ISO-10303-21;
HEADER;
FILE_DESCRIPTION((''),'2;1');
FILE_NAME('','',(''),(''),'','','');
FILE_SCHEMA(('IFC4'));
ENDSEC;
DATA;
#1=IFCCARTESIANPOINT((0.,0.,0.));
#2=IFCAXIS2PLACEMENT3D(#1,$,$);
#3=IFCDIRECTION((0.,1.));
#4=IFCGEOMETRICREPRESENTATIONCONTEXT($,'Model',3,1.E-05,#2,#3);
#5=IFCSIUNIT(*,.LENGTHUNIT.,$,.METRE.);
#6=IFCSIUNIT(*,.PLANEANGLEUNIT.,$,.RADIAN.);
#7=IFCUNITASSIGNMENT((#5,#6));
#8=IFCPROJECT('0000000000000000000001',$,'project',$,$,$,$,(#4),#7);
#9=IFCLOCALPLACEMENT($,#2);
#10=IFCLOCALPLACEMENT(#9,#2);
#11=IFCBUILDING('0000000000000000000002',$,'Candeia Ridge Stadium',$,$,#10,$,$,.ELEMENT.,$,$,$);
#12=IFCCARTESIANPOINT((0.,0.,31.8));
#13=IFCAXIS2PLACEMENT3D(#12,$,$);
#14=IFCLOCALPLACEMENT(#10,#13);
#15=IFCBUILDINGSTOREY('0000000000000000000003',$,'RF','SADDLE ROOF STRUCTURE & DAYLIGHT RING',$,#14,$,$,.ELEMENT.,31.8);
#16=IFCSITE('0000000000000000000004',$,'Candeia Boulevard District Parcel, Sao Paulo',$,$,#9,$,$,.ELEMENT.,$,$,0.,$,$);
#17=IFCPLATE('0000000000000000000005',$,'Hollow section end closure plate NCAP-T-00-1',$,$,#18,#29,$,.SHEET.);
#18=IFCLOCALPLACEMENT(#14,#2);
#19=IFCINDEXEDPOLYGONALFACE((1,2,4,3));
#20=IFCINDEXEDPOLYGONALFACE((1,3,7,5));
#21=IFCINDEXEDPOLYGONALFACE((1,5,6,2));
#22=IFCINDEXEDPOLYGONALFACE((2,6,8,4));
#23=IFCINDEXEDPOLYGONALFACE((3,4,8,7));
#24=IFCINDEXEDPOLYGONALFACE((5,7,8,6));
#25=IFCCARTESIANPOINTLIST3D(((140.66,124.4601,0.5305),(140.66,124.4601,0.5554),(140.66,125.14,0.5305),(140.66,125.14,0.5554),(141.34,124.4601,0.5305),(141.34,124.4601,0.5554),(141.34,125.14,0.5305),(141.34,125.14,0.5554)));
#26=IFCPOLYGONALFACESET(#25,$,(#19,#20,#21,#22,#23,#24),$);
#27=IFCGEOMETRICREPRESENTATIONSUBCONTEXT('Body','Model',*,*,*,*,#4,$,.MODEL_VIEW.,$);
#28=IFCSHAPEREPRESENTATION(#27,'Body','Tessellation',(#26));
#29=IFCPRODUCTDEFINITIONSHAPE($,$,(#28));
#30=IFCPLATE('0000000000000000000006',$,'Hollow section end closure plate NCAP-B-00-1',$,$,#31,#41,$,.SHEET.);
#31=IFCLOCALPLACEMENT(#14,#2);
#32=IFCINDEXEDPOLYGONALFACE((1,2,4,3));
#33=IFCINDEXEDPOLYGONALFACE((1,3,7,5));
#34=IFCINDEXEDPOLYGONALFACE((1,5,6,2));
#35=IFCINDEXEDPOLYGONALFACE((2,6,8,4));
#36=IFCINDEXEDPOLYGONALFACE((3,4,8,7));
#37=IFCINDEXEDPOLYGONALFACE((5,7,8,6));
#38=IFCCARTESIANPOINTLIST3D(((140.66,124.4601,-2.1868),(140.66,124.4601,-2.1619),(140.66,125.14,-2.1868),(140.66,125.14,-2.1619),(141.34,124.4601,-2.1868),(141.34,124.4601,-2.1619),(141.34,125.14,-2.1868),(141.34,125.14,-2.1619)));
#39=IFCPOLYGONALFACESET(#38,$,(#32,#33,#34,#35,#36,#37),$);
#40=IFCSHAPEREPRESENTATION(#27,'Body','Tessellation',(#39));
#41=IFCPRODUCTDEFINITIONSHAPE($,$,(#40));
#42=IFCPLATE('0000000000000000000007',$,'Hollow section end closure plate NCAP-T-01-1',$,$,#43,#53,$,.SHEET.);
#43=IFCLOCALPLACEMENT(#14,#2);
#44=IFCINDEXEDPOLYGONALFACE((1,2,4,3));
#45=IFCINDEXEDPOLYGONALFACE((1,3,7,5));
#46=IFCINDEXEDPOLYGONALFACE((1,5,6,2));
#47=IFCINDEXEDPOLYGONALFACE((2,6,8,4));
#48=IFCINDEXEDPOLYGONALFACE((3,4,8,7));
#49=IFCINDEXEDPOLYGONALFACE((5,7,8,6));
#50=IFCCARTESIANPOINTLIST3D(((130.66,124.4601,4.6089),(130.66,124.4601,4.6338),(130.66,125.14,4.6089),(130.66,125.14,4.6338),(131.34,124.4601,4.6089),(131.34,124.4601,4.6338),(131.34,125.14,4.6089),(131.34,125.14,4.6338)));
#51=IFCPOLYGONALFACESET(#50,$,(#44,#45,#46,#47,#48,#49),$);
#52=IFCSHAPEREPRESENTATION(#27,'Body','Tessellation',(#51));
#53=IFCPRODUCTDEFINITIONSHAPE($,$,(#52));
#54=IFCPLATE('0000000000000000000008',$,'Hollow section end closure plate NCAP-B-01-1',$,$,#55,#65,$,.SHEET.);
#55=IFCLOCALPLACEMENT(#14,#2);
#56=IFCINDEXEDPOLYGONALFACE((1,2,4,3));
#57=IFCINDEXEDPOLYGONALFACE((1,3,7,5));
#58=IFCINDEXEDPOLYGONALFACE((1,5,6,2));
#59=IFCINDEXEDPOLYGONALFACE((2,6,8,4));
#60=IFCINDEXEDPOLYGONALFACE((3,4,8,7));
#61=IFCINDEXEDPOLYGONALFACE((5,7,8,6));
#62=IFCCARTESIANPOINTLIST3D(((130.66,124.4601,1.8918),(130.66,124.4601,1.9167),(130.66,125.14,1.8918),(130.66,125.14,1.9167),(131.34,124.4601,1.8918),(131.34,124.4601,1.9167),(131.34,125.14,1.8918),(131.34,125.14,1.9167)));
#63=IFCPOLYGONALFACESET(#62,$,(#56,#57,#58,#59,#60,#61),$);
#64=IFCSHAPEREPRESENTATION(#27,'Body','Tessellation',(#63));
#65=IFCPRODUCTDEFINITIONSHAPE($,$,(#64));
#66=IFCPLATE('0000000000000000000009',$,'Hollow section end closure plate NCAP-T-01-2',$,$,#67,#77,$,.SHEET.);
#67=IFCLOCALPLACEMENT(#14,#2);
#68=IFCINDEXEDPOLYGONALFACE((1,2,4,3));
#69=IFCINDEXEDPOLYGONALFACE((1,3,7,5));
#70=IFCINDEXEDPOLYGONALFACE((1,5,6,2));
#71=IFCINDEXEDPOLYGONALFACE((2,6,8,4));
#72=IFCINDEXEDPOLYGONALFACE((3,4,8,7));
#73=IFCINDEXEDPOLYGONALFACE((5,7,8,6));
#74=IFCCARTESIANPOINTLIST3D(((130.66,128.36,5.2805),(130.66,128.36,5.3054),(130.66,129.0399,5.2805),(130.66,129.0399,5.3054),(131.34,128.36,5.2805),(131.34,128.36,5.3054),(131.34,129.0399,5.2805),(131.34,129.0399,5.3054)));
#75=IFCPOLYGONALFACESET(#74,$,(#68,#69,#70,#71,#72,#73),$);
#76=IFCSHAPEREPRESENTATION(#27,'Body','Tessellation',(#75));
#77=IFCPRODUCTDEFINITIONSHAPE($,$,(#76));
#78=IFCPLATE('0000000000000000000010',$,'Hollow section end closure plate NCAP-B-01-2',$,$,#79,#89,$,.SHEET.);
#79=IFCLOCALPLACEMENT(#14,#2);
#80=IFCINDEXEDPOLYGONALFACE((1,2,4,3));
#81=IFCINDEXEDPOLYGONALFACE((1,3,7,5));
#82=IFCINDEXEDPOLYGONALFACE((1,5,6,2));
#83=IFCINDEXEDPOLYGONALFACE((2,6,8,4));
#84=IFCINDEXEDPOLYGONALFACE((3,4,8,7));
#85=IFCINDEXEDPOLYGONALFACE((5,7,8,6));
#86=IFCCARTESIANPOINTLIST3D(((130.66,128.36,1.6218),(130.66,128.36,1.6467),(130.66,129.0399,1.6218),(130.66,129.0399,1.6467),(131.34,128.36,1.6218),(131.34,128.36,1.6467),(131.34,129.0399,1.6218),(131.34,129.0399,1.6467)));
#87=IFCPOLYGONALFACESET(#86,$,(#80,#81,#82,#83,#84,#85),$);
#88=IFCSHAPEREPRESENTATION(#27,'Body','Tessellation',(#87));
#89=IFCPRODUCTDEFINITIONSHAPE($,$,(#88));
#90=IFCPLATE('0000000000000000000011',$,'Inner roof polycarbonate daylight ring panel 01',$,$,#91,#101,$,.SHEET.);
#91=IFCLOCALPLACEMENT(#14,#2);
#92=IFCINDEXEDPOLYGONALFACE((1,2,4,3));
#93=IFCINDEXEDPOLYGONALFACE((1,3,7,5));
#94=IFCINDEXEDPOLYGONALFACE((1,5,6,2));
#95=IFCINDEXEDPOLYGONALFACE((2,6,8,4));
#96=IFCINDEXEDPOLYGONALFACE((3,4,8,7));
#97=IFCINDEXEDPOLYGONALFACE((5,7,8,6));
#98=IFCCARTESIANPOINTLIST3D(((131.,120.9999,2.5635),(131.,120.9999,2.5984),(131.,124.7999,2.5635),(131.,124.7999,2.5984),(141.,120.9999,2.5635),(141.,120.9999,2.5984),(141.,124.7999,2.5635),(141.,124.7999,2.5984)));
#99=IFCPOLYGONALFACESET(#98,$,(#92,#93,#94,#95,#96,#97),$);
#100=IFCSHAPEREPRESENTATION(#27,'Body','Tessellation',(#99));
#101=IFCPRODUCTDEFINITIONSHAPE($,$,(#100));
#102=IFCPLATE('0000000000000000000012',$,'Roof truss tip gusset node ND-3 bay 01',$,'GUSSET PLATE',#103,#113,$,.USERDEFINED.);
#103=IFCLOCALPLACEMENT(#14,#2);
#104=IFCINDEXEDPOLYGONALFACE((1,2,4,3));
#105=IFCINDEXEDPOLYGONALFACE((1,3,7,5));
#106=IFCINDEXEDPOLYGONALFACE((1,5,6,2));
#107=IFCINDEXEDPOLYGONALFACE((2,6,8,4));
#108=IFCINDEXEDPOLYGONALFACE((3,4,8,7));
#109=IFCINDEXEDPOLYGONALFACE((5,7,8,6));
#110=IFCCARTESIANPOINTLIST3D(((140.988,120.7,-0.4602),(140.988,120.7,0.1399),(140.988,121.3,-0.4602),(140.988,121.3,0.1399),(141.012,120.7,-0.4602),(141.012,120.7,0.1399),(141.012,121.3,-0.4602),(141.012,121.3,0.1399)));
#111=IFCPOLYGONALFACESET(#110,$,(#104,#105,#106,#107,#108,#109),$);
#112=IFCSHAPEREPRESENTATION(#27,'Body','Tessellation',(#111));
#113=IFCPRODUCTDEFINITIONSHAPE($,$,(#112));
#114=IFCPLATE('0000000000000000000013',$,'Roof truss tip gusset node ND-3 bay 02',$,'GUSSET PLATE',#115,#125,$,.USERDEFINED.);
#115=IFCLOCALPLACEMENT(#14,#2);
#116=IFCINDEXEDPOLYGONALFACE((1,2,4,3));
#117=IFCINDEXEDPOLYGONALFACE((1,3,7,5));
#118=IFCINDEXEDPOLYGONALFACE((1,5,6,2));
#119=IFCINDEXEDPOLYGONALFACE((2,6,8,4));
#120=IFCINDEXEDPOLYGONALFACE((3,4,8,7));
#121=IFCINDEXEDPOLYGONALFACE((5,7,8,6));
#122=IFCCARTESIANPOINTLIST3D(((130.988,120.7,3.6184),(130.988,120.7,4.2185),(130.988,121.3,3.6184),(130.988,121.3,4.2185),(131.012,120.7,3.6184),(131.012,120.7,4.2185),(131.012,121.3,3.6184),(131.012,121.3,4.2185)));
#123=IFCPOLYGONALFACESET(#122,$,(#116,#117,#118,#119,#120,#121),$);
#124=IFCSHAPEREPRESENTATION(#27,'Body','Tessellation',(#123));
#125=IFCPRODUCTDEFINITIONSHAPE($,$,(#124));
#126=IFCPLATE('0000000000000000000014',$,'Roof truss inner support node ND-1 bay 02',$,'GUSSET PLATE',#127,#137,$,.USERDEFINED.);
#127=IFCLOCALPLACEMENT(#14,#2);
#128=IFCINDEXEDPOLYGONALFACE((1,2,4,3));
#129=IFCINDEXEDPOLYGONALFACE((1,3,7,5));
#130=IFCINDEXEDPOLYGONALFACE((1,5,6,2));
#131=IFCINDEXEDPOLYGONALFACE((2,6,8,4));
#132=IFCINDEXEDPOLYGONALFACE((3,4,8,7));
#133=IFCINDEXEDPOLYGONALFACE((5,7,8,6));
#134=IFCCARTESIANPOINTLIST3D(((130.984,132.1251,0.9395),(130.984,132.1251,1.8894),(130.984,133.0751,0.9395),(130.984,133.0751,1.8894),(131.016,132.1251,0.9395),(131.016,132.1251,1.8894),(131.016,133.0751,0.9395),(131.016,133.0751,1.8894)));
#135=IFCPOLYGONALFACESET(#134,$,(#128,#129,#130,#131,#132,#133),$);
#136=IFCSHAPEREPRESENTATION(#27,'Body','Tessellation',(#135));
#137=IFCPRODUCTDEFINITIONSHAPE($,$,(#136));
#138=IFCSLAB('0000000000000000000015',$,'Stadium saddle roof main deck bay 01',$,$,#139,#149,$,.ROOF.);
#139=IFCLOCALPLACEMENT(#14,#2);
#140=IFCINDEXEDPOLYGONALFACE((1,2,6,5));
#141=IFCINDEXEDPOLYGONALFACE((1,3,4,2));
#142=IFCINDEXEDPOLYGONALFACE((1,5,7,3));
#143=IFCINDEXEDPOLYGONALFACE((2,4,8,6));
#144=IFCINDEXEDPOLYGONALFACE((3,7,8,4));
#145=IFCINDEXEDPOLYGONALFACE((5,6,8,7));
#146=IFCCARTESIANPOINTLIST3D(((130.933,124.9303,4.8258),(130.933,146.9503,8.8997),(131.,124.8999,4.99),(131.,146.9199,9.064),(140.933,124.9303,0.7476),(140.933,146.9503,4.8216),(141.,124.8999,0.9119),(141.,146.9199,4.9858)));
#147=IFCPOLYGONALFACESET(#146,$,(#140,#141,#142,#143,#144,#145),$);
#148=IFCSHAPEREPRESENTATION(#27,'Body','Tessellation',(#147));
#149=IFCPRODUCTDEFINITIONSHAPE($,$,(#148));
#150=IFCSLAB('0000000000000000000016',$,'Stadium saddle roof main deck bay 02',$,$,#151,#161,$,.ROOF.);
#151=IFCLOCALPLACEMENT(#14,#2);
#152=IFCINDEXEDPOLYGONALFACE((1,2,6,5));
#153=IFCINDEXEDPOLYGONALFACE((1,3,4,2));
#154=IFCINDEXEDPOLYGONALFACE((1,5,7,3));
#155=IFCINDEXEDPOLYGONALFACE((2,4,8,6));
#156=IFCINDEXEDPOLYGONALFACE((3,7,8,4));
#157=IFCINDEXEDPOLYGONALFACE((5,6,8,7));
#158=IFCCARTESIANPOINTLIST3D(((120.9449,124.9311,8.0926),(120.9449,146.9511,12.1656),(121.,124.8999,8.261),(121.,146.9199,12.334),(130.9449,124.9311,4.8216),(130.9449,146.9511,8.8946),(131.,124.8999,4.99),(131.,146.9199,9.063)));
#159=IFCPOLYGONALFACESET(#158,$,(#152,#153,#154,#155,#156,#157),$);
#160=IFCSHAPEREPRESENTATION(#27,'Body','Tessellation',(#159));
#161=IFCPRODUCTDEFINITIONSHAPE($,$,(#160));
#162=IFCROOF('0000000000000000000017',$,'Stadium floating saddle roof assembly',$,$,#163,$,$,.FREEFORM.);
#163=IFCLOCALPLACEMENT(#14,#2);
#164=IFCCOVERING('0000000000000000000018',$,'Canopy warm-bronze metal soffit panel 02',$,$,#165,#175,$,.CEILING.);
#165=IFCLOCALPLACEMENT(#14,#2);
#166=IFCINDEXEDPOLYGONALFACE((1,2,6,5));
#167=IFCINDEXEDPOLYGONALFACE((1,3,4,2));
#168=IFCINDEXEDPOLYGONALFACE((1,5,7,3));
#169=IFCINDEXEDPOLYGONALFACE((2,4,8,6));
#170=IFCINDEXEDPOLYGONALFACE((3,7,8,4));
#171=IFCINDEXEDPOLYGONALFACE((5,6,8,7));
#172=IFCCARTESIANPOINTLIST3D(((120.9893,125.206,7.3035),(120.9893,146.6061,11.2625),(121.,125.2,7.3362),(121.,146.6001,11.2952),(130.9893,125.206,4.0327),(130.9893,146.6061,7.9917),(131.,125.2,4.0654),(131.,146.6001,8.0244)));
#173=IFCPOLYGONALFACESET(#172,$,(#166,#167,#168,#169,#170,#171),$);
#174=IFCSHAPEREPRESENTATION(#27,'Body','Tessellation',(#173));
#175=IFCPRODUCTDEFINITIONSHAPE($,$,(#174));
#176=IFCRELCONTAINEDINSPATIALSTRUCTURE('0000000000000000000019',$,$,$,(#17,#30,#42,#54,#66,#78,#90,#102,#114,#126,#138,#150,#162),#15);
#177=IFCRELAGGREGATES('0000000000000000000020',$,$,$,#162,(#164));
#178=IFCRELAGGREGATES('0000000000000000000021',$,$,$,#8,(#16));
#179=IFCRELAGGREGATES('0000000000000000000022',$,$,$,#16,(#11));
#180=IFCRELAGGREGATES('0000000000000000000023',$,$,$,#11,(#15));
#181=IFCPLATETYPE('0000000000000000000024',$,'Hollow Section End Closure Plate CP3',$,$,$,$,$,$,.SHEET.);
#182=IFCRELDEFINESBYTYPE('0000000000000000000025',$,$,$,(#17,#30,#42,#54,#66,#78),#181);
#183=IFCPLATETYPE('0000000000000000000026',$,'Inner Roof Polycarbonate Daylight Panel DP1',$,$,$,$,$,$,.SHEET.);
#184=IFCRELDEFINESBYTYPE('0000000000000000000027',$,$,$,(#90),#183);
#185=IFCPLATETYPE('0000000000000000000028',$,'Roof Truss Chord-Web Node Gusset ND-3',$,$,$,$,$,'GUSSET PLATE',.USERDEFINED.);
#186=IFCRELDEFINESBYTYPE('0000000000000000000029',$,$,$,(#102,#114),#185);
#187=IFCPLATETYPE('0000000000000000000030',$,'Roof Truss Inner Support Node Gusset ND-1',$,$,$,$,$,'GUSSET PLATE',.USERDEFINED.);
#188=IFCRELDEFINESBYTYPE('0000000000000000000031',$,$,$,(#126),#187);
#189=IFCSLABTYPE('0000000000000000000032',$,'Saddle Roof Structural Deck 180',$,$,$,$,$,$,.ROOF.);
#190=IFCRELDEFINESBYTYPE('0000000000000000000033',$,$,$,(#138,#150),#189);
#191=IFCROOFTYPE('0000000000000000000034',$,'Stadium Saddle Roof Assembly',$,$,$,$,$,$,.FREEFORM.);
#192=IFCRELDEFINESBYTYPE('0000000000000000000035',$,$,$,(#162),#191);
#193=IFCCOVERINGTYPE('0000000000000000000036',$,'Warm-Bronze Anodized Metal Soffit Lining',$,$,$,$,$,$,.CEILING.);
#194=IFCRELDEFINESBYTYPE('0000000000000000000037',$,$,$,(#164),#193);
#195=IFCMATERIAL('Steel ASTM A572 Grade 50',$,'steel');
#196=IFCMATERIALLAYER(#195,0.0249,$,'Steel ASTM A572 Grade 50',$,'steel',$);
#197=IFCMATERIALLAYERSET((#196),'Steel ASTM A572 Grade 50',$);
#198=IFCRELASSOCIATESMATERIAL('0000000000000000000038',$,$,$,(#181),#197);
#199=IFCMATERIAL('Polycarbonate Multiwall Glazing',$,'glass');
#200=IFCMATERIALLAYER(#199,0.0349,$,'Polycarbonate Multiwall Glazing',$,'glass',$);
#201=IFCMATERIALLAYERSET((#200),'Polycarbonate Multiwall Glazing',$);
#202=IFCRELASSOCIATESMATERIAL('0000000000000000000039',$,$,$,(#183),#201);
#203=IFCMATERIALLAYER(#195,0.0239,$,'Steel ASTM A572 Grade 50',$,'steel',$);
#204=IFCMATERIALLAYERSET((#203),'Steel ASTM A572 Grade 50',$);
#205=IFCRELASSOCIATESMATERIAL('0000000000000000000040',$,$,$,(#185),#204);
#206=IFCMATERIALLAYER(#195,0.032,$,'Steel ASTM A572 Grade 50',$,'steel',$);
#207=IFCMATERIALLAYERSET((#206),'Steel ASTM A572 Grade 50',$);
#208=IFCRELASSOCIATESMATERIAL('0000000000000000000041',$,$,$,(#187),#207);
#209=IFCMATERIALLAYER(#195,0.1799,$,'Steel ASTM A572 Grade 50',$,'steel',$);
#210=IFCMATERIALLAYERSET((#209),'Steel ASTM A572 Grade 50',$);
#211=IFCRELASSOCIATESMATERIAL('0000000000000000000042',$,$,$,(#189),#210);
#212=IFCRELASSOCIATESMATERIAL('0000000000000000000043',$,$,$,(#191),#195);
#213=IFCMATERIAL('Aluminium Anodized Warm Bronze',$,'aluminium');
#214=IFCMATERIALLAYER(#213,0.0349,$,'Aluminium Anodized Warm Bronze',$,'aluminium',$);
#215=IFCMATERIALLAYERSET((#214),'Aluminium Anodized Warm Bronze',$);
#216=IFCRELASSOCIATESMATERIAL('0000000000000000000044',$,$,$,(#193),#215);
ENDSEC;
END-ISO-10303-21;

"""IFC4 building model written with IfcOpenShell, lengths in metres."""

from ifc_helpers import new_model, si_unit, direction, frame, origin, origin_2d, place, context, subcontext, project, spatial, polyline, rectangle, outline, extrude, material, layer, layer_set, type_object, element, aggregate, save


model = new_model("IFC4")

# Units and contexts
model_context = context("Model", 3, precision=1e-05, world=origin(), true_north=direction((0.0, 1.0)))
body_context = subcontext(model_context, "Body", "Model", "MODEL_VIEW")
ifc_project = project(units=[si_unit("LENGTHUNIT", "METRE"), si_unit("PLANEANGLEUNIT", "RADIAN")], contexts=[model_context])

# Site, building, storey
site_placement = place(None, origin())
site = spatial("IfcSite", under=ifc_project, at=site_placement, Name="Candeia Boulevard District Parcel, Sao Paulo", CompositionType="ELEMENT", RefElevation=0.0)
building_placement = place(site_placement, origin())
building = spatial("IfcBuilding", under=site, at=building_placement, Name="Candeia Ridge Stadium", CompositionType="ELEMENT")
storey_placement = place(building_placement, frame((0.0, 0.0, 31.8)))
storey = spatial("IfcBuildingStorey", under=building, at=storey_placement, Name="RF", Description="SADDLE ROOF STRUCTURE & DAYLIGHT RING", CompositionType="ELEMENT", Elevation=31.8)

# Shared definitions
ifc_material_1 = material(Name="Steel ASTM A572 Grade 50", Category="steel")

# Plates
ifc_layer_1 = layer(ifc_material_1, 0.0249, Name="Steel ASTM A572 Grade 50", Category="steel")
ifc_layer_set_1 = layer_set([ifc_layer_1], Name="Steel ASTM A572 Grade 50")
plate_type_1 = type_object("IfcPlateType", Name="Hollow Section End Closure Plate CP3", PredefinedType="SHEET", material=ifc_layer_set_1)
for number, where, z_axis, x_axis, name in (
    (1, (141.0, 124.8, 0.5305), (0.0, 0.0, 1.0), (1.0, 0.0, 0.0), "Hollow section end closure plate NCAP-T-00-1"),
    (2, (141.0, 124.8, -2.1868), (0.0, 0.0, 1.0), (1.0, 0.0, 0.0), "Hollow section end closure plate NCAP-B-00-1"),
    (3, (131.0, 124.8, 4.6089), (0.0, 0.0, 1.0), (1.0, 0.0, 0.0), "Hollow section end closure plate NCAP-T-01-1"),
    (4, (131.0, 124.8, 1.8918), (0.0, 0.0, 1.0), (1.0, 0.0, 0.0), "Hollow section end closure plate NCAP-B-01-1"),
    (5, (131.0, 128.7, 5.2805), (0.0, 0.0, 1.0), (1.0, 0.0, 0.0), "Hollow section end closure plate NCAP-T-01-2"),
    (6, (131.0, 128.7, 1.6218), (0.0, 0.0, 1.0), (1.0, 0.0, 0.0), "Hollow section end closure plate NCAP-B-01-2"),
):
    element("IfcPlate", number, at=place(storey_placement, frame(where, z_axis=z_axis, x_axis=x_axis)), inside=storey, type_object=plate_type_1, Name=name, PredefinedType="SHEET", context=body_context, shape_type="SweptSolid", body=[
        extrude(rectangle(XDim=0.6799, YDim=0.6799, at=origin_2d()), origin(), (0.0, 0.0, 1.0), 0.0249),
    ])
ifc_material_2 = material(Name="Polycarbonate Multiwall Glazing", Category="glass")
ifc_layer_2 = layer(ifc_material_2, 0.0349, Name="Polycarbonate Multiwall Glazing", Category="glass")
ifc_layer_set_2 = layer_set([ifc_layer_2], Name="Polycarbonate Multiwall Glazing")
plate_type_2 = type_object("IfcPlateType", Name="Inner Roof Polycarbonate Daylight Panel DP1", PredefinedType="SHEET", material=ifc_layer_set_2)
plate_1_placement = place(storey_placement, frame((136.0, 122.8999, 2.5635), z_axis=(0.0, 0.0, 1.0), x_axis=(-1.0, 0.0, 0.0)))
element("IfcPlate", 7, at=plate_1_placement, inside=storey, type_object=plate_type_2, Name="Inner roof polycarbonate daylight ring panel 01", PredefinedType="SHEET", context=body_context, shape_type="SweptSolid", body=[
    extrude(rectangle(XDim=10.0, YDim=3.8, at=origin_2d()), origin(), (0.0, 0.0, 1.0), 0.0349),
])
ifc_layer_3 = layer(ifc_material_1, 0.0239, Name="Steel ASTM A572 Grade 50", Category="steel")
ifc_layer_set_3 = layer_set([ifc_layer_3], Name="Steel ASTM A572 Grade 50")
plate_type_3 = type_object("IfcPlateType", Name="Roof Truss Chord-Web Node Gusset ND-3", ElementType="GUSSET PLATE", PredefinedType="USERDEFINED", material=ifc_layer_set_3)
for number, where, z_axis, x_axis, name in (
    (8, (141.0, 121.0, -0.4602), (0.0, 0.0, 1.0), (0.0, 1.0, 0.0), "Roof truss tip gusset node ND-3 bay 01"),
    (9, (131.0, 121.0, 3.6184), (0.0, 0.0, 1.0), (0.0, 1.0, 0.0), "Roof truss tip gusset node ND-3 bay 02"),
):
    element("IfcPlate", number, at=place(storey_placement, frame(where, z_axis=z_axis, x_axis=x_axis)), inside=storey, type_object=plate_type_3, Name=name, ObjectType="GUSSET PLATE", PredefinedType="USERDEFINED", context=body_context, shape_type="SweptSolid", body=[
        extrude(rectangle(XDim=0.6001, YDim=0.0239, at=origin_2d()), origin(), (0.0, 0.0, 1.0), 0.6001),
    ])
ifc_layer_4 = layer(ifc_material_1, 0.032, Name="Steel ASTM A572 Grade 50", Category="steel")
ifc_layer_set_4 = layer_set([ifc_layer_4], Name="Steel ASTM A572 Grade 50")
plate_type_4 = type_object("IfcPlateType", Name="Roof Truss Inner Support Node Gusset ND-1", ElementType="GUSSET PLATE", PredefinedType="USERDEFINED", material=ifc_layer_set_4)
plate_2_placement = place(storey_placement, frame((131.0, 132.6001, 0.9395), z_axis=(0.0, 0.0, 1.0), x_axis=(0.0, 1.0, 0.0)))
element("IfcPlate", 10, at=plate_2_placement, inside=storey, type_object=plate_type_4, Name="Roof truss inner support node ND-1 bay 02", ObjectType="GUSSET PLATE", PredefinedType="USERDEFINED", context=body_context, shape_type="SweptSolid", body=[
    extrude(rectangle(XDim=0.95, YDim=0.032, at=origin_2d()), origin(), (0.0, 0.0, 1.0), 0.95),
])

# Slabs
ifc_layer_5 = layer(ifc_material_1, 0.1799, Name="Steel ASTM A572 Grade 50", Category="steel")
ifc_layer_set_5 = layer_set([ifc_layer_5], Name="Steel ASTM A572 Grade 50")
slab_type = type_object("IfcSlabType", Name="Saddle Roof Structural Deck 180", PredefinedType="ROOF", material=ifc_layer_set_5)
slab_1_placement = place(storey_placement, frame((141.0, 124.8999, 0.9119), z_axis=(0.372196, -0.168854, 0.912665), x_axis=(-0.925961, 0.0, 0.377619)))
element("IfcSlab", 11, at=slab_1_placement, inside=storey, type_object=slab_type, Name="Stadium saddle roof main deck bay 01", PredefinedType="ROOF", context=body_context, shape_type="SweptSolid", body=[
    extrude(outline(polyline([(0.0, 0.0), (10.7996, 0.0), (12.338, -22.3408), (1.5384, -22.3408), (0.0, 0.0)])), origin(), (0.0, 0.0, -1.0), 0.1799),
])
slab_2_placement = place(storey_placement, frame((131.0, 124.8999, 4.99), z_axis=(0.306195, -0.173147, 0.93609), x_axis=(-0.950446, 0.0, 0.31089)))
element("IfcSlab", 12, at=slab_2_placement, inside=storey, type_object=slab_type, Name="Stadium saddle roof main deck bay 02", PredefinedType="ROOF", context=body_context, shape_type="SweptSolid", body=[
    extrude(outline(polyline([(0.0, 0.0), (10.5214, 0.0), (11.7876, -22.3577), (1.2663, -22.3577), (0.0, 0.0)])), origin(), (0.0, 0.0, -1.0), 0.1799),
])

# Roof, covering
roof_type = type_object("IfcRoofType", Name="Stadium Saddle Roof Assembly", PredefinedType="FREEFORM", material=ifc_material_1)
roof_placement = place(storey_placement, origin())
roof = element("IfcRoof", 13, at=roof_placement, inside=storey, type_object=roof_type, Name="Stadium floating saddle roof assembly", PredefinedType="FREEFORM")
ifc_material_3 = material(Name="Aluminium Anodized Warm Bronze", Category="aluminium")
ifc_layer_6 = layer(ifc_material_3, 0.0349, Name="Aluminium Anodized Warm Bronze", Category="aluminium")
ifc_layer_set_6 = layer_set([ifc_layer_6], Name="Aluminium Anodized Warm Bronze")
covering_type = type_object("IfcCoveringType", Name="Warm-Bronze Anodized Metal Soffit Lining", PredefinedType="CEILING", material=ifc_layer_set_6)
covering_placement = place(storey_placement, frame((131.0, 125.2, 4.0654), z_axis=(0.306173, -0.173175, 0.936092), x_axis=(-0.950453, 0.0, 0.310869)))
covering = element("IfcCovering", 14, at=covering_placement, type_object=covering_type, Name="Canopy warm-bronze metal soffit panel 02", PredefinedType="CEILING", context=body_context, shape_type="SweptSolid", body=[
    extrude(outline(polyline([(0.0, 0.0), (10.5213, 0.0), (11.752, -21.7284), (1.2307, -21.7284), (0.0, 0.0)])), origin(), (0.0, 0.0, -1.0), 0.0349),
])
aggregate(roof, [covering])

save(model, "model.ifc")
